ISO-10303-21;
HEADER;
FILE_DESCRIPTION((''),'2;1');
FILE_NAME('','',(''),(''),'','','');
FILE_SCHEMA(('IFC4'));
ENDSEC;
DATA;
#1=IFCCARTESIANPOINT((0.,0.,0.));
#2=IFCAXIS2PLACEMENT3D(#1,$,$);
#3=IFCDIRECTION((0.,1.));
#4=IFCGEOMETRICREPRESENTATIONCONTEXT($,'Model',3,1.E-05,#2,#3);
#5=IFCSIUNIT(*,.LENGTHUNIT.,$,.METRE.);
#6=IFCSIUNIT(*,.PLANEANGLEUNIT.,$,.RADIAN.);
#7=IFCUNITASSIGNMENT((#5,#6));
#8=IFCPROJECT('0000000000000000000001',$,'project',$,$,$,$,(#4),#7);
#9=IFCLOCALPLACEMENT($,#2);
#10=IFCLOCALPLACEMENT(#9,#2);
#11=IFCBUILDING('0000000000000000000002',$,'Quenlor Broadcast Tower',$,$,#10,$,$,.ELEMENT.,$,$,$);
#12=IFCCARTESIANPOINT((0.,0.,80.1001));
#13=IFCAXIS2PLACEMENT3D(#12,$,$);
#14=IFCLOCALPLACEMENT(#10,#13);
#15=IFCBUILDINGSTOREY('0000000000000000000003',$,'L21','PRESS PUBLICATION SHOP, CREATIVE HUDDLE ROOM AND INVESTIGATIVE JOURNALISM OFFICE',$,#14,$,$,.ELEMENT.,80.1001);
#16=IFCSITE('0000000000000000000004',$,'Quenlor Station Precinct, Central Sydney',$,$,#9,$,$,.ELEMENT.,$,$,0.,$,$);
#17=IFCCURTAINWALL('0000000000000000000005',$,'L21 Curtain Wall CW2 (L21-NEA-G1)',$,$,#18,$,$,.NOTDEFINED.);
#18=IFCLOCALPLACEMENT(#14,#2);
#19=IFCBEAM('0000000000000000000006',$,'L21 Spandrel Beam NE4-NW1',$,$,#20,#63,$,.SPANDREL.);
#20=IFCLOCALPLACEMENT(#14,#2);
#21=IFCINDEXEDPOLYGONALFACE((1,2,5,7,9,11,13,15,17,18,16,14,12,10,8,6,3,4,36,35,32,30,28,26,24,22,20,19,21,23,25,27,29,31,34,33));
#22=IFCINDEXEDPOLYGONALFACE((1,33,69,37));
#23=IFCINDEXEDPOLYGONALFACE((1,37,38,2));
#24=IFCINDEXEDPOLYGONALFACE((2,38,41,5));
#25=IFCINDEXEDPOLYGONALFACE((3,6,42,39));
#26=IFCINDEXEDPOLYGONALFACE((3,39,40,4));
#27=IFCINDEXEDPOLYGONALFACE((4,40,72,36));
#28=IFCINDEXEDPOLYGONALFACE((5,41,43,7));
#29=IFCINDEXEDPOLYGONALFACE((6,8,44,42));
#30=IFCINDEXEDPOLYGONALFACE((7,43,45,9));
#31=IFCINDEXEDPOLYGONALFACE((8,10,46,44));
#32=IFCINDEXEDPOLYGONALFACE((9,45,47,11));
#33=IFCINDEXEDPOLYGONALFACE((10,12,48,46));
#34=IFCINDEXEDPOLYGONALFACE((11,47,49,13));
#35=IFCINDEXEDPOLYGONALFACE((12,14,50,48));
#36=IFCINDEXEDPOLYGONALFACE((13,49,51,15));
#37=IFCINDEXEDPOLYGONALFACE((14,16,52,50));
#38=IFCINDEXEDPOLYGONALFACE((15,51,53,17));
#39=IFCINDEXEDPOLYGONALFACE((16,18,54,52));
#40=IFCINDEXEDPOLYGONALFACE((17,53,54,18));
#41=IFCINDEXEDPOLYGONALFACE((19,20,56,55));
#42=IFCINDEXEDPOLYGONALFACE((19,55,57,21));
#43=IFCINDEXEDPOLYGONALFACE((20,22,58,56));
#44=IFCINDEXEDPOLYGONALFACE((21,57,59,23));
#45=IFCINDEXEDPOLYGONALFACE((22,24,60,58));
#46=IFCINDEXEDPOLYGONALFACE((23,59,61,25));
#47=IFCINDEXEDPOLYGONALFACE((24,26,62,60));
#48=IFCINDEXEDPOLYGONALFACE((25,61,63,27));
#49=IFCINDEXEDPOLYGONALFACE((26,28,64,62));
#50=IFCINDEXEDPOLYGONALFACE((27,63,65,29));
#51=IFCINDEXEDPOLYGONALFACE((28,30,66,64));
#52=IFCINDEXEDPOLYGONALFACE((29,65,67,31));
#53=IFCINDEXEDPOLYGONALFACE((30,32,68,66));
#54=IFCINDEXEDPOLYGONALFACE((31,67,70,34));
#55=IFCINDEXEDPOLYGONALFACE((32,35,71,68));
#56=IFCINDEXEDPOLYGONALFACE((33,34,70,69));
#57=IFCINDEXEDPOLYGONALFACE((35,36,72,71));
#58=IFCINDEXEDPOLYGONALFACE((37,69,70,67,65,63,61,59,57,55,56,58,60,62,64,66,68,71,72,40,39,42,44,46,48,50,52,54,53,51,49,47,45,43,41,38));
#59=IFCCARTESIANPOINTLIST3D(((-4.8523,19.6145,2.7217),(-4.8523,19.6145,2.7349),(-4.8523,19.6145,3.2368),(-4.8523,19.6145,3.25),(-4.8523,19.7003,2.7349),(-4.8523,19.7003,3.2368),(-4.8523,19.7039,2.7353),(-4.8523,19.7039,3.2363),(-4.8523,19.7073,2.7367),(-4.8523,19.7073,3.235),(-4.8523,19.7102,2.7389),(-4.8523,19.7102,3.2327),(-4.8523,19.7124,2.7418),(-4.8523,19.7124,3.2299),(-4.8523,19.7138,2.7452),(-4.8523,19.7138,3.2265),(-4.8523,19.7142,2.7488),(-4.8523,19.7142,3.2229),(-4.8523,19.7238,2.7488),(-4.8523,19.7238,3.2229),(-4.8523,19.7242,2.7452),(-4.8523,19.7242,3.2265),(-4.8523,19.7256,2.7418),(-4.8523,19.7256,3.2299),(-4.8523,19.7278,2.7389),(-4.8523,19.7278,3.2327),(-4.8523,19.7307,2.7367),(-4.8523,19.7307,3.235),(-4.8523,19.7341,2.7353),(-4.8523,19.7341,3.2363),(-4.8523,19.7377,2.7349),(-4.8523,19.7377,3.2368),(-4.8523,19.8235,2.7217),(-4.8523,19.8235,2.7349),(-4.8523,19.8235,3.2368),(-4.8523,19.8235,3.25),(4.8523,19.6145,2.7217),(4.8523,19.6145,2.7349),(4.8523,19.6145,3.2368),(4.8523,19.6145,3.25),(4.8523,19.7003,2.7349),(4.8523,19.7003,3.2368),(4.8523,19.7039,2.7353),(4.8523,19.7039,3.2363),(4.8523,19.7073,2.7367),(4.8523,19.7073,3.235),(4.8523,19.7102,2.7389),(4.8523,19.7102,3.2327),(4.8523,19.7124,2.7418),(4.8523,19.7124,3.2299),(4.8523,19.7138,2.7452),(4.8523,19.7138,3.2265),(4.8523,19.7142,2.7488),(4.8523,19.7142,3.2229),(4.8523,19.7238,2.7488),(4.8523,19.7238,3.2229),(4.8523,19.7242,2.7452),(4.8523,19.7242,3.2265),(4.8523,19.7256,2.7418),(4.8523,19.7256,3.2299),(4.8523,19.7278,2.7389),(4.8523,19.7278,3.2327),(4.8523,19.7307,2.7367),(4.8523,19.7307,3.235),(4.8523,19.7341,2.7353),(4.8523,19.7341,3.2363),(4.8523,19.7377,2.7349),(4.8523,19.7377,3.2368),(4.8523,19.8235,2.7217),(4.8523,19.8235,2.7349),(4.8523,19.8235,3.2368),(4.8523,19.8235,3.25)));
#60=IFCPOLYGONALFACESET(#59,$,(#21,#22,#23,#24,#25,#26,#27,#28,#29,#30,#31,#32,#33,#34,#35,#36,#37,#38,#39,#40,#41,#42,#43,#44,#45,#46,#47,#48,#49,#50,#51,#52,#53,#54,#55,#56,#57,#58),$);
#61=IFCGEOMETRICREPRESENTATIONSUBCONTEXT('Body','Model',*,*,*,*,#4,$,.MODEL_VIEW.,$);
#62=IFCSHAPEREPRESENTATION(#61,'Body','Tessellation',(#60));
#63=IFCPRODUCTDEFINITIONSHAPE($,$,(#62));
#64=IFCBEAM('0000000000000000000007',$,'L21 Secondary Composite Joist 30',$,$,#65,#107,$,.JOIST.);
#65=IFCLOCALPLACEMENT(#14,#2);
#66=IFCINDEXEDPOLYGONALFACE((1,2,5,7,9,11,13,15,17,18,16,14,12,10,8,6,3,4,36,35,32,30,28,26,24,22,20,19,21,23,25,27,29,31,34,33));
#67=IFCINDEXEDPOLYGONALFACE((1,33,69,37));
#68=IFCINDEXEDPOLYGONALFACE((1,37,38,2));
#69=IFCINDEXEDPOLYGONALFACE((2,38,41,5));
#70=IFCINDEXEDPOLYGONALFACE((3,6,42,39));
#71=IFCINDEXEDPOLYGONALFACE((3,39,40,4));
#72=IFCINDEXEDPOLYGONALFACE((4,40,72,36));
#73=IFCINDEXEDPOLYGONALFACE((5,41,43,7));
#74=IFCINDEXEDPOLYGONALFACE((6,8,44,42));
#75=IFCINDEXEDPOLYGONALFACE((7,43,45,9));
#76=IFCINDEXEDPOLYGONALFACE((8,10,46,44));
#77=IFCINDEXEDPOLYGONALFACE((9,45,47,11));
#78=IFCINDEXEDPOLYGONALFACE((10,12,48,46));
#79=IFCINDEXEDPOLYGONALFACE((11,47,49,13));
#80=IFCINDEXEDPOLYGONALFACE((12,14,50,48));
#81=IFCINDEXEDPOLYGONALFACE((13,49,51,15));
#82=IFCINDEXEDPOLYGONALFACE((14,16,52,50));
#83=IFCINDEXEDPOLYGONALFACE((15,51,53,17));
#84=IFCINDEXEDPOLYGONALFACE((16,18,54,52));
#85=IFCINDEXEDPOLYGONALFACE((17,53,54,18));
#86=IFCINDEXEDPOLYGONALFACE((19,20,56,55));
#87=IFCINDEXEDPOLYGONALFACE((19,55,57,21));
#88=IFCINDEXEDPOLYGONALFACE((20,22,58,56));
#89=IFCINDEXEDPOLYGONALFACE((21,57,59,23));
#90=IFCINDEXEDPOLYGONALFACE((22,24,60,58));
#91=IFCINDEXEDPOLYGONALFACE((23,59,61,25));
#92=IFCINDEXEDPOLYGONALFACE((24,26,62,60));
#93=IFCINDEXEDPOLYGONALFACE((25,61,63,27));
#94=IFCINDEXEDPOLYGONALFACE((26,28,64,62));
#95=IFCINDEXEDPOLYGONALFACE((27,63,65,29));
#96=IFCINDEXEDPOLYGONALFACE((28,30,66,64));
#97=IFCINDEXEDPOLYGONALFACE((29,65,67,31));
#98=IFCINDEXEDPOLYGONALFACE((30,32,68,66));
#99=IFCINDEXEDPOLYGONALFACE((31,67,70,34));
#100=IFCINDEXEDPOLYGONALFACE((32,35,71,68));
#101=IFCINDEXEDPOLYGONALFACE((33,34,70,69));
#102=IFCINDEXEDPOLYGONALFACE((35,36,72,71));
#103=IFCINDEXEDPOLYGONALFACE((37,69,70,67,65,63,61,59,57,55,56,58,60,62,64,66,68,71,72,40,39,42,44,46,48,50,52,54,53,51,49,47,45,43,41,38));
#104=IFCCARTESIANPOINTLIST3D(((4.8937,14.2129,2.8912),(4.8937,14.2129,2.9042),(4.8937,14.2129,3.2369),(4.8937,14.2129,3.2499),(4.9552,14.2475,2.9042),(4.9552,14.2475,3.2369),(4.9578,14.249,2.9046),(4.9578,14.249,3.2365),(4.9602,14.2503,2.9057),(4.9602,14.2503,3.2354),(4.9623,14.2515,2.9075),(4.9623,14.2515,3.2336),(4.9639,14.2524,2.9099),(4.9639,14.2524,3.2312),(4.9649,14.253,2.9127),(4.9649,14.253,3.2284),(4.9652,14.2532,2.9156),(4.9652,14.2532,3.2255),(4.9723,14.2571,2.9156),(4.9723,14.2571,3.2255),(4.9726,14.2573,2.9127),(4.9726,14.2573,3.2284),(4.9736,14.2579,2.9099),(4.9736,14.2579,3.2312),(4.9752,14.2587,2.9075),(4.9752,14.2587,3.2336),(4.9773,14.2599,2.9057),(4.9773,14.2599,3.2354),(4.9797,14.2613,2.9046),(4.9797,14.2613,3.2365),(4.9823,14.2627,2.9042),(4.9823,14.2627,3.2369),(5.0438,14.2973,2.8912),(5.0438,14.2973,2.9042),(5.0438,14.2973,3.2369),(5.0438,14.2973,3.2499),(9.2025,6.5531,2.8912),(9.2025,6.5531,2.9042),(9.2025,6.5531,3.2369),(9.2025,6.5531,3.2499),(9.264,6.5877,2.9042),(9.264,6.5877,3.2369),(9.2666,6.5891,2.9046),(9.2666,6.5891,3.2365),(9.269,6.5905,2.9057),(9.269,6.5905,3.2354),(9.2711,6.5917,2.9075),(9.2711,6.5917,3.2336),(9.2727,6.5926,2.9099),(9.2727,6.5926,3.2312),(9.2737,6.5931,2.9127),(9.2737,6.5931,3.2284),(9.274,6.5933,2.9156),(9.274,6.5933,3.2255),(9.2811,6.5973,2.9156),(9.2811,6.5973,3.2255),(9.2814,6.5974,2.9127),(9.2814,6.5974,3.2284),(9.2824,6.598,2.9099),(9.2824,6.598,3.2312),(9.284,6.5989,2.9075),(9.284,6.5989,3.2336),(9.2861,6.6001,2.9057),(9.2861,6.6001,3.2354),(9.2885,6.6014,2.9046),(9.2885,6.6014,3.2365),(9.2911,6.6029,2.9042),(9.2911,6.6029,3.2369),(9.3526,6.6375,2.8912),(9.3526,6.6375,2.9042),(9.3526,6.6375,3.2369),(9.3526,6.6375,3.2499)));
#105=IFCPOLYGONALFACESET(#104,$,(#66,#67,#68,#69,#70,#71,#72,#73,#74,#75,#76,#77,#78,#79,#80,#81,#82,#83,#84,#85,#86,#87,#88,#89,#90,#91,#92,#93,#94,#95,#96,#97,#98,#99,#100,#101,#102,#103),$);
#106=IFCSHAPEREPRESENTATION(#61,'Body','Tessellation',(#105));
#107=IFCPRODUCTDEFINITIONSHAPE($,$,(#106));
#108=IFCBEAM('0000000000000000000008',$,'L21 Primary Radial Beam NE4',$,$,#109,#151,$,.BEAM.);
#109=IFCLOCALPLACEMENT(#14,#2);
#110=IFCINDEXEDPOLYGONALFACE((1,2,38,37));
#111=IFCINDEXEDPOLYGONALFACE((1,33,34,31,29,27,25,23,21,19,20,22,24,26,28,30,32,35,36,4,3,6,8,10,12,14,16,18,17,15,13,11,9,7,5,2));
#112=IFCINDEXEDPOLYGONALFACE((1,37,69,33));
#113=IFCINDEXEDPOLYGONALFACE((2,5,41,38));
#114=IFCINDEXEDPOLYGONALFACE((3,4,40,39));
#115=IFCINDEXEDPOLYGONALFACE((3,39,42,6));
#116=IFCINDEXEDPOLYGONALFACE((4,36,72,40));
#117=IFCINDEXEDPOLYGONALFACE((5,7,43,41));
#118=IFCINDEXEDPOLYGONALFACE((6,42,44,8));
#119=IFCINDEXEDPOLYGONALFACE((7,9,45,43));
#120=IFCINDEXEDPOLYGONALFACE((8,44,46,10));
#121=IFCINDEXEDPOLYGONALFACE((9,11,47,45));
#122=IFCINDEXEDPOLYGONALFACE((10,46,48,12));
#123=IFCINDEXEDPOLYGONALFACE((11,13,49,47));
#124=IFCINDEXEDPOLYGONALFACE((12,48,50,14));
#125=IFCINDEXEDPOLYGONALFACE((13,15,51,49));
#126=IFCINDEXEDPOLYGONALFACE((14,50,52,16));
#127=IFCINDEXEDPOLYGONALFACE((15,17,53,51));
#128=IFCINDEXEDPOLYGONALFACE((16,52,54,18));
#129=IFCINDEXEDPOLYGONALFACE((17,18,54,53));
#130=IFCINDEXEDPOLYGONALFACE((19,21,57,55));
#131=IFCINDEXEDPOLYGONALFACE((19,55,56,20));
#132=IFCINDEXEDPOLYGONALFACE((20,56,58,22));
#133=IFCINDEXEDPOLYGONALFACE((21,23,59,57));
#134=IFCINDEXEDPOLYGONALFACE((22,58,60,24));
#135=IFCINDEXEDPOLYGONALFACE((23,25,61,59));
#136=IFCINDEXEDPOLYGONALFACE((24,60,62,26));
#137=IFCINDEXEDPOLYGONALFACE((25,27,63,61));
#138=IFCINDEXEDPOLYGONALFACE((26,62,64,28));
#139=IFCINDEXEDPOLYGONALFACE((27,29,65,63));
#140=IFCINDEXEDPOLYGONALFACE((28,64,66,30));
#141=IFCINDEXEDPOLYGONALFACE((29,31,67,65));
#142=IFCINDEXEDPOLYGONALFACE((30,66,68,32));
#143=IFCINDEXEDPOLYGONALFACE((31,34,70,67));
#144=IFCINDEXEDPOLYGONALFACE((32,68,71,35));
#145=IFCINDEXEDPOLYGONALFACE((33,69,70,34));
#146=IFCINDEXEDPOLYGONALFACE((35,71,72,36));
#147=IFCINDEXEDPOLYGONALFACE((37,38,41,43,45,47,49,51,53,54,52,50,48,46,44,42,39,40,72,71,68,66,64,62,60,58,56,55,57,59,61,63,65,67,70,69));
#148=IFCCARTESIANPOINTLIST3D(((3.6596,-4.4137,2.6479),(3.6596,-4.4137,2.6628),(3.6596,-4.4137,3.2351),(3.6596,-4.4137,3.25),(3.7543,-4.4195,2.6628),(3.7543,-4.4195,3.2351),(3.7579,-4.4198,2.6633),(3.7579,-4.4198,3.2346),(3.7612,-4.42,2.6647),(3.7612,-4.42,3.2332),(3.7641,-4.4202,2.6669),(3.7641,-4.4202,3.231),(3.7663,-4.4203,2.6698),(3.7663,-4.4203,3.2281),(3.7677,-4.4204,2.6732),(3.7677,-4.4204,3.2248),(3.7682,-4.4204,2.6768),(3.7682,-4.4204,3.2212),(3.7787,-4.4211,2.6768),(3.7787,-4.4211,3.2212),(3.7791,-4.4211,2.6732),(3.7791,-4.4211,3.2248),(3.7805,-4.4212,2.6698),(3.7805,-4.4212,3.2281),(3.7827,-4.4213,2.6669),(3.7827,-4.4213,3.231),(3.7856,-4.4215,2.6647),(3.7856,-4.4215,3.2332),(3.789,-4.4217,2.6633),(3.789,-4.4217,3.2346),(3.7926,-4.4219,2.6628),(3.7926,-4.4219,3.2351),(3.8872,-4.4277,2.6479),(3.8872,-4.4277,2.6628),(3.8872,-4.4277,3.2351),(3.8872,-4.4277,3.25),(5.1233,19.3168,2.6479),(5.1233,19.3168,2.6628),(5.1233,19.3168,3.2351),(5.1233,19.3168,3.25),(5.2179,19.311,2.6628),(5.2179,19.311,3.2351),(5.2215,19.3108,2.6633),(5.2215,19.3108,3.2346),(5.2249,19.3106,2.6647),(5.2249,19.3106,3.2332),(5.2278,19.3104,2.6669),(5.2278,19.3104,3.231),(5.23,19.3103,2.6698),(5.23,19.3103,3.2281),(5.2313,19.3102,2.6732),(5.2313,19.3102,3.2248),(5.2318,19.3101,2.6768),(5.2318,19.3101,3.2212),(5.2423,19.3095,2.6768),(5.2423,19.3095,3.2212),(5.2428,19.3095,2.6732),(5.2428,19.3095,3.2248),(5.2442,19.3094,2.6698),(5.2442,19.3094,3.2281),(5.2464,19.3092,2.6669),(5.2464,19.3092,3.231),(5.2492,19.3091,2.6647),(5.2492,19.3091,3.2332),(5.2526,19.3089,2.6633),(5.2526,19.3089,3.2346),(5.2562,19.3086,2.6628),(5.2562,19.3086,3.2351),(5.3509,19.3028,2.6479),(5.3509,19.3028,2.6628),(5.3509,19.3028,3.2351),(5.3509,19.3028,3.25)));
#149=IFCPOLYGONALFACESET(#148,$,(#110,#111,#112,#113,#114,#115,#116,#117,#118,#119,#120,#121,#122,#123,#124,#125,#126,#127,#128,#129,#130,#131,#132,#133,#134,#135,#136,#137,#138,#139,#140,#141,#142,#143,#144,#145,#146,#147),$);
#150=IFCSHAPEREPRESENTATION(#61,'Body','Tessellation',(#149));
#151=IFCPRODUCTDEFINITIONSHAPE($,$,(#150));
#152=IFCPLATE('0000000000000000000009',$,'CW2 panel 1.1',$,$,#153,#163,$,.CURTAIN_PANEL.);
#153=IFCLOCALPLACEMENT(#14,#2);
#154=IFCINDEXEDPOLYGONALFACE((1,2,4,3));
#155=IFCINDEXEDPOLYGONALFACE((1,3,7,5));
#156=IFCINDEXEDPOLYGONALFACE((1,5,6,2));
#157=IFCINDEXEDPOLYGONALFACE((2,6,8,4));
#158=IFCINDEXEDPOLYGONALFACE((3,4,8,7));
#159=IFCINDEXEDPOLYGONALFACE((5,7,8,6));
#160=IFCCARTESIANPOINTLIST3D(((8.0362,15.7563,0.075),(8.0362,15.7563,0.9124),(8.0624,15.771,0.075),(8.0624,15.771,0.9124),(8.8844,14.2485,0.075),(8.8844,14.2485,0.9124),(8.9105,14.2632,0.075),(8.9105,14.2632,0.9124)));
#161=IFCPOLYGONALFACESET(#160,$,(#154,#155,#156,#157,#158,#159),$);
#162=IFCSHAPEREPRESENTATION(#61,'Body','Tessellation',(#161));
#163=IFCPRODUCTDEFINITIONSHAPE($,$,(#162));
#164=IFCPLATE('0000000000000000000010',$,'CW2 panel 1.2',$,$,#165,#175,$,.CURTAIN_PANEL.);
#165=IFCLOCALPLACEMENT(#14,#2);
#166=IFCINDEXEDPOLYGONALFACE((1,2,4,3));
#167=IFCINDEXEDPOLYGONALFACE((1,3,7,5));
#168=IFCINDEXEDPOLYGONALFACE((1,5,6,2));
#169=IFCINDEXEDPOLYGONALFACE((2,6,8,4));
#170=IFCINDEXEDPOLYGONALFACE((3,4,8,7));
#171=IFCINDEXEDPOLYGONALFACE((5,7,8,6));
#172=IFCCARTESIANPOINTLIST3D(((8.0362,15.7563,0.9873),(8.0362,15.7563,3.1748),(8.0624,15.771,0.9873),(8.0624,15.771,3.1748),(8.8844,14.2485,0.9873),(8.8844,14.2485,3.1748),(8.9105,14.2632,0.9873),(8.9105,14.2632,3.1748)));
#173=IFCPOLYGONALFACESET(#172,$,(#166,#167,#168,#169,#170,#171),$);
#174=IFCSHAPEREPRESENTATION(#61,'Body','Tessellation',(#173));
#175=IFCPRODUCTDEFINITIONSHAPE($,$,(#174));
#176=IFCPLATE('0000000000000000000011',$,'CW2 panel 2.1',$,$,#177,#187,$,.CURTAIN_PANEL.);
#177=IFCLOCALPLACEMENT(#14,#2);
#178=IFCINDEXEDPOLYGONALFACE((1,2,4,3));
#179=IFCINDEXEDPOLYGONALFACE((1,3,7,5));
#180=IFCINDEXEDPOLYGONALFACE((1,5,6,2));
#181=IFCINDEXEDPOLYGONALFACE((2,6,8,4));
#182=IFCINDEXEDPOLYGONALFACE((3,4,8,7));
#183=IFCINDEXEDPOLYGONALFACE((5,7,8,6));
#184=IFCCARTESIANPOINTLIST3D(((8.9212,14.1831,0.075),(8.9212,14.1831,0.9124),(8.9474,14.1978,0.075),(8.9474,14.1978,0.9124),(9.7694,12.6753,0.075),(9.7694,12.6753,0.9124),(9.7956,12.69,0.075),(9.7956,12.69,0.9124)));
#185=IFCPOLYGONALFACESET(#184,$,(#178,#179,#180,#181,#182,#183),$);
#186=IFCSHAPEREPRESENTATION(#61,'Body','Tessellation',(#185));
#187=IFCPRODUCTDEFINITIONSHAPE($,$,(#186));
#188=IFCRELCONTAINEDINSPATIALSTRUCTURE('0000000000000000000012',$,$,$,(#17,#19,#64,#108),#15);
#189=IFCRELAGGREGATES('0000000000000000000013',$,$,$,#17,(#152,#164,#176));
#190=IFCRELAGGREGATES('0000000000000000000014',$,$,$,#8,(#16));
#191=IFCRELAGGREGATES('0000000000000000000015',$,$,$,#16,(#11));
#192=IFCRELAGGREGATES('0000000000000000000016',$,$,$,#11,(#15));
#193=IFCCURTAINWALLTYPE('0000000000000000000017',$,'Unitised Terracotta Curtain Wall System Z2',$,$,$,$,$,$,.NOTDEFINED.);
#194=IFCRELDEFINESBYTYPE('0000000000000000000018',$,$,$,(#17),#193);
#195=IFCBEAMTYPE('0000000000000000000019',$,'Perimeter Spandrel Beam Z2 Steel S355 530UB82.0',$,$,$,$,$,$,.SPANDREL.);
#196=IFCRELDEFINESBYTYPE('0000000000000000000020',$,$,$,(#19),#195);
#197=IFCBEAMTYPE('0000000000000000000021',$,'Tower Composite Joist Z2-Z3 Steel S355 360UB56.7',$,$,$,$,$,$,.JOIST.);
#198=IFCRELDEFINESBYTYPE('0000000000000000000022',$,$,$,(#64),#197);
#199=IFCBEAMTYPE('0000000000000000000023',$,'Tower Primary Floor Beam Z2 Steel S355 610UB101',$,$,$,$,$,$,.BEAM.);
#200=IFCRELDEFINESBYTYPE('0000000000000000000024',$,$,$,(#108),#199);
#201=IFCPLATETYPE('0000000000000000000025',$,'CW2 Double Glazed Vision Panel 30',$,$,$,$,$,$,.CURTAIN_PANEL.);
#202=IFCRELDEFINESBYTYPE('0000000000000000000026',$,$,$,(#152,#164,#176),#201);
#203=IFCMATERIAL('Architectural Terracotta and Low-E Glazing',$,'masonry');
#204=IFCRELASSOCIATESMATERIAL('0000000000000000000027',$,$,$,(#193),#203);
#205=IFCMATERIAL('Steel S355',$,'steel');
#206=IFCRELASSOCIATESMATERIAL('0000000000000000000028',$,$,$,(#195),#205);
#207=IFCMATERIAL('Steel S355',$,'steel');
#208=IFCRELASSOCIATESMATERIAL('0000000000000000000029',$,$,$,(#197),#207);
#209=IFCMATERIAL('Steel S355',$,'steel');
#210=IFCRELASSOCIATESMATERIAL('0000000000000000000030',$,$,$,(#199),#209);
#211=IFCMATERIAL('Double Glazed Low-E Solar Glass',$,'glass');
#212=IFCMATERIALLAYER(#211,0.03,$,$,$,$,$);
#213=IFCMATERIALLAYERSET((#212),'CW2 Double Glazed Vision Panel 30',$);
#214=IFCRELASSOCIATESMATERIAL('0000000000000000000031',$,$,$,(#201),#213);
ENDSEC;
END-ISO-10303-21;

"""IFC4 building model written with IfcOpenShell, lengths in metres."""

from ifc_helpers import new_model, si_unit, direction, frame, origin, origin_2d, place, context, subcontext, project, spatial, rectangle, i_section, extrude, material, layer, layer_set, material_profile, profile_set, type_object, element, aggregate, save


model = new_model("IFC4")

# Units and contexts
model_context = context("Model", 3, precision=1e-05, world=origin(), true_north=direction((0.0, 1.0)))
body_context = subcontext(model_context, "Body", "Model", "MODEL_VIEW")
ifc_project = project(units=[si_unit("LENGTHUNIT", "METRE"), si_unit("PLANEANGLEUNIT", "RADIAN")], contexts=[model_context])

# Site, building, storey
site_placement = place(None, origin())
site = spatial("IfcSite", under=ifc_project, at=site_placement, Name="Quenlor Station Precinct, Central Sydney", CompositionType="ELEMENT", RefElevation=0.0)
building_placement = place(site_placement, origin())
building = spatial("IfcBuilding", under=site, at=building_placement, Name="Quenlor Broadcast Tower", CompositionType="ELEMENT")
storey_placement = place(building_placement, frame((0.0, 0.0, 80.1001)))
storey = spatial("IfcBuildingStorey", under=building, at=storey_placement, Name="L21", Description="PRESS PUBLICATION SHOP, CREATIVE HUDDLE ROOM AND INVESTIGATIVE JOURNALISM OFFICE", CompositionType="ELEMENT", Elevation=80.1001)

# Curtain wall
ifc_material_1 = material(Name="Architectural Terracotta and Low-E Glazing", Category="masonry")
curtain_wall_type = type_object("IfcCurtainWallType", Name="Unitised Terracotta Curtain Wall System Z2", PredefinedType="NOTDEFINED", material=ifc_material_1)
curtain_wall_placement = place(storey_placement, origin())
curtain_wall = element("IfcCurtainWall", 1, at=curtain_wall_placement, inside=storey, type_object=curtain_wall_type, Name="L21 Curtain Wall CW2 (L21-NEA-G1)", PredefinedType="NOTDEFINED")

# Beams
ifc_material_2 = material(Name="Steel S355", Category="steel")
ifc_material_profile_1 = material_profile(ifc_material_2, i_section(OverallWidth=0.209, OverallDepth=0.5283, WebThickness=0.0095, FlangeThickness=0.0132, FilletRadius=0.0139, at=origin_2d()))
ifc_profile_set_1 = profile_set([ifc_material_profile_1], Name="Steel S355 530UB82.0")
beam_type_1 = type_object("IfcBeamType", Name="Perimeter Spandrel Beam Z2 Steel S355 530UB82.0", PredefinedType="SPANDREL", material=ifc_profile_set_1)
beam_1_placement = place(storey_placement, frame((4.8523, 19.719, 2.9858), z_axis=(-1.0, 0.0, 0.0), x_axis=(0.0, -1.0, 0.0)))
element("IfcBeam", 2, at=beam_1_placement, inside=storey, type_object=beam_type_1, Name="L21 Spandrel Beam NE4-NW1", PredefinedType="SPANDREL", context=body_context, shape_type="SweptSolid", body=[
    extrude(i_section(OverallWidth=0.209, OverallDepth=0.5283, WebThickness=0.0095, FlangeThickness=0.0132, FilletRadius=0.0139, at=origin_2d()), origin(), (0.0, 0.0, 1.0), 9.7046),
])
ifc_material_3 = material(Name="Steel S355", Category="steel")
ifc_material_profile_2 = material_profile(ifc_material_3, i_section(OverallWidth=0.1721, OverallDepth=0.3586, WebThickness=0.0081, FlangeThickness=0.0129, FilletRadius=0.0115, at=origin_2d()))
ifc_profile_set_2 = profile_set([ifc_material_profile_2], Name="Steel S355 360UB56.7")
beam_type_2 = type_object("IfcBeamType", Name="Tower Composite Joist Z2-Z3 Steel S355 360UB56.7", PredefinedType="JOIST", material=ifc_profile_set_2)
beam_2_placement = place(storey_placement, frame((4.9688, 14.2551, 3.0706), z_axis=(0.490273, -0.871569, 0.0), x_axis=(0.871569, 0.490273, 0.0)))
element("IfcBeam", 3, at=beam_2_placement, inside=storey, type_object=beam_type_2, Name="L21 Secondary Composite Joist 30", PredefinedType="JOIST", context=body_context, shape_type="SweptSolid", body=[
    extrude(i_section(OverallWidth=0.1721, OverallDepth=0.3586, WebThickness=0.0081, FlangeThickness=0.0129, FilletRadius=0.0115, at=origin_2d()), origin(), (0.0, 0.0, 1.0), 8.7886),
])
ifc_material_4 = material(Name="Steel S355", Category="steel")
ifc_material_profile_3 = material_profile(ifc_material_4, i_section(OverallWidth=0.228, OverallDepth=0.6021, WebThickness=0.0105, FlangeThickness=0.0149, FilletRadius=0.0139, at=origin_2d()))
ifc_profile_set_3 = profile_set([ifc_material_profile_3], Name="Steel S355 610UB101")
beam_type_3 = type_object("IfcBeamType", Name="Tower Primary Floor Beam Z2 Steel S355 610UB101", PredefinedType="BEAM", material=ifc_profile_set_3)
beam_3_placement = place(storey_placement, frame((5.2371, 19.3098, 2.949), z_axis=(-0.06156, -0.998103, 0.0), x_axis=(0.998103, -0.06156, 0.0)))
element("IfcBeam", 4, at=beam_3_placement, inside=storey, type_object=beam_type_3, Name="L21 Primary Radial Beam NE4", PredefinedType="BEAM", context=body_context, shape_type="SweptSolid", body=[
    extrude(i_section(OverallWidth=0.228, OverallDepth=0.6021, WebThickness=0.0105, FlangeThickness=0.0149, FilletRadius=0.0139, at=origin_2d()), origin(), (0.0, 0.0, 1.0), 23.7756),
])

# Plates
ifc_material_5 = material(Name="Double Glazed Low-E Solar Glass", Category="glass")
ifc_layer_1 = layer(ifc_material_5, 0.03)
ifc_layer_set_1 = layer_set([ifc_layer_1], Name="CW2 Double Glazed Vision Panel 30")
plate_type_1 = type_object("IfcPlateType", Name="CW2 Double Glazed Vision Panel 30", PredefinedType="CURTAIN_PANEL", material=ifc_layer_set_1)
plate_1_placement = place(storey_placement, frame((8.4734, 15.0098, 0.075), z_axis=(0.0, 0.0, 1.0), x_axis=(0.490265, -0.871573, 0.0)))
plate_1 = element("IfcPlate", 5, at=plate_1_placement, type_object=plate_type_1, Name="CW2 panel 1.1", PredefinedType="CURTAIN_PANEL", context=body_context, shape_type="SweptSolid", body=[
    extrude(rectangle(XDim=1.73, YDim=0.03, at=origin_2d()), origin(), (0.0, 0.0, 1.0), 0.8374),
])
plate_2_placement = place(storey_placement, frame((8.4734, 15.0098, 0.9873), z_axis=(0.0, 0.0, 1.0), x_axis=(0.490265, -0.871573, 0.0)))
plate_2 = element("IfcPlate", 6, at=plate_2_placement, type_object=plate_type_1, Name="CW2 panel 1.2", PredefinedType="CURTAIN_PANEL", context=body_context, shape_type="SweptSolid", body=[
    extrude(rectangle(XDim=1.73, YDim=0.03, at=origin_2d()), origin(), (0.0, 0.0, 1.0), 2.1875),
])
plate_3_placement = place(storey_placement, frame((9.3584, 13.4365, 0.075), z_axis=(0.0, 0.0, 1.0), x_axis=(0.490265, -0.871573, 0.0)))
plate_3 = element("IfcPlate", 7, at=plate_3_placement, type_object=plate_type_1, Name="CW2 panel 2.1", PredefinedType="CURTAIN_PANEL", context=body_context, shape_type="SweptSolid", body=[
    extrude(rectangle(XDim=1.73, YDim=0.03, at=origin_2d()), origin(), (0.0, 0.0, 1.0), 0.8374),
])
aggregate(curtain_wall, [plate_1, plate_2, plate_3])

save(model, "model.ifc")
